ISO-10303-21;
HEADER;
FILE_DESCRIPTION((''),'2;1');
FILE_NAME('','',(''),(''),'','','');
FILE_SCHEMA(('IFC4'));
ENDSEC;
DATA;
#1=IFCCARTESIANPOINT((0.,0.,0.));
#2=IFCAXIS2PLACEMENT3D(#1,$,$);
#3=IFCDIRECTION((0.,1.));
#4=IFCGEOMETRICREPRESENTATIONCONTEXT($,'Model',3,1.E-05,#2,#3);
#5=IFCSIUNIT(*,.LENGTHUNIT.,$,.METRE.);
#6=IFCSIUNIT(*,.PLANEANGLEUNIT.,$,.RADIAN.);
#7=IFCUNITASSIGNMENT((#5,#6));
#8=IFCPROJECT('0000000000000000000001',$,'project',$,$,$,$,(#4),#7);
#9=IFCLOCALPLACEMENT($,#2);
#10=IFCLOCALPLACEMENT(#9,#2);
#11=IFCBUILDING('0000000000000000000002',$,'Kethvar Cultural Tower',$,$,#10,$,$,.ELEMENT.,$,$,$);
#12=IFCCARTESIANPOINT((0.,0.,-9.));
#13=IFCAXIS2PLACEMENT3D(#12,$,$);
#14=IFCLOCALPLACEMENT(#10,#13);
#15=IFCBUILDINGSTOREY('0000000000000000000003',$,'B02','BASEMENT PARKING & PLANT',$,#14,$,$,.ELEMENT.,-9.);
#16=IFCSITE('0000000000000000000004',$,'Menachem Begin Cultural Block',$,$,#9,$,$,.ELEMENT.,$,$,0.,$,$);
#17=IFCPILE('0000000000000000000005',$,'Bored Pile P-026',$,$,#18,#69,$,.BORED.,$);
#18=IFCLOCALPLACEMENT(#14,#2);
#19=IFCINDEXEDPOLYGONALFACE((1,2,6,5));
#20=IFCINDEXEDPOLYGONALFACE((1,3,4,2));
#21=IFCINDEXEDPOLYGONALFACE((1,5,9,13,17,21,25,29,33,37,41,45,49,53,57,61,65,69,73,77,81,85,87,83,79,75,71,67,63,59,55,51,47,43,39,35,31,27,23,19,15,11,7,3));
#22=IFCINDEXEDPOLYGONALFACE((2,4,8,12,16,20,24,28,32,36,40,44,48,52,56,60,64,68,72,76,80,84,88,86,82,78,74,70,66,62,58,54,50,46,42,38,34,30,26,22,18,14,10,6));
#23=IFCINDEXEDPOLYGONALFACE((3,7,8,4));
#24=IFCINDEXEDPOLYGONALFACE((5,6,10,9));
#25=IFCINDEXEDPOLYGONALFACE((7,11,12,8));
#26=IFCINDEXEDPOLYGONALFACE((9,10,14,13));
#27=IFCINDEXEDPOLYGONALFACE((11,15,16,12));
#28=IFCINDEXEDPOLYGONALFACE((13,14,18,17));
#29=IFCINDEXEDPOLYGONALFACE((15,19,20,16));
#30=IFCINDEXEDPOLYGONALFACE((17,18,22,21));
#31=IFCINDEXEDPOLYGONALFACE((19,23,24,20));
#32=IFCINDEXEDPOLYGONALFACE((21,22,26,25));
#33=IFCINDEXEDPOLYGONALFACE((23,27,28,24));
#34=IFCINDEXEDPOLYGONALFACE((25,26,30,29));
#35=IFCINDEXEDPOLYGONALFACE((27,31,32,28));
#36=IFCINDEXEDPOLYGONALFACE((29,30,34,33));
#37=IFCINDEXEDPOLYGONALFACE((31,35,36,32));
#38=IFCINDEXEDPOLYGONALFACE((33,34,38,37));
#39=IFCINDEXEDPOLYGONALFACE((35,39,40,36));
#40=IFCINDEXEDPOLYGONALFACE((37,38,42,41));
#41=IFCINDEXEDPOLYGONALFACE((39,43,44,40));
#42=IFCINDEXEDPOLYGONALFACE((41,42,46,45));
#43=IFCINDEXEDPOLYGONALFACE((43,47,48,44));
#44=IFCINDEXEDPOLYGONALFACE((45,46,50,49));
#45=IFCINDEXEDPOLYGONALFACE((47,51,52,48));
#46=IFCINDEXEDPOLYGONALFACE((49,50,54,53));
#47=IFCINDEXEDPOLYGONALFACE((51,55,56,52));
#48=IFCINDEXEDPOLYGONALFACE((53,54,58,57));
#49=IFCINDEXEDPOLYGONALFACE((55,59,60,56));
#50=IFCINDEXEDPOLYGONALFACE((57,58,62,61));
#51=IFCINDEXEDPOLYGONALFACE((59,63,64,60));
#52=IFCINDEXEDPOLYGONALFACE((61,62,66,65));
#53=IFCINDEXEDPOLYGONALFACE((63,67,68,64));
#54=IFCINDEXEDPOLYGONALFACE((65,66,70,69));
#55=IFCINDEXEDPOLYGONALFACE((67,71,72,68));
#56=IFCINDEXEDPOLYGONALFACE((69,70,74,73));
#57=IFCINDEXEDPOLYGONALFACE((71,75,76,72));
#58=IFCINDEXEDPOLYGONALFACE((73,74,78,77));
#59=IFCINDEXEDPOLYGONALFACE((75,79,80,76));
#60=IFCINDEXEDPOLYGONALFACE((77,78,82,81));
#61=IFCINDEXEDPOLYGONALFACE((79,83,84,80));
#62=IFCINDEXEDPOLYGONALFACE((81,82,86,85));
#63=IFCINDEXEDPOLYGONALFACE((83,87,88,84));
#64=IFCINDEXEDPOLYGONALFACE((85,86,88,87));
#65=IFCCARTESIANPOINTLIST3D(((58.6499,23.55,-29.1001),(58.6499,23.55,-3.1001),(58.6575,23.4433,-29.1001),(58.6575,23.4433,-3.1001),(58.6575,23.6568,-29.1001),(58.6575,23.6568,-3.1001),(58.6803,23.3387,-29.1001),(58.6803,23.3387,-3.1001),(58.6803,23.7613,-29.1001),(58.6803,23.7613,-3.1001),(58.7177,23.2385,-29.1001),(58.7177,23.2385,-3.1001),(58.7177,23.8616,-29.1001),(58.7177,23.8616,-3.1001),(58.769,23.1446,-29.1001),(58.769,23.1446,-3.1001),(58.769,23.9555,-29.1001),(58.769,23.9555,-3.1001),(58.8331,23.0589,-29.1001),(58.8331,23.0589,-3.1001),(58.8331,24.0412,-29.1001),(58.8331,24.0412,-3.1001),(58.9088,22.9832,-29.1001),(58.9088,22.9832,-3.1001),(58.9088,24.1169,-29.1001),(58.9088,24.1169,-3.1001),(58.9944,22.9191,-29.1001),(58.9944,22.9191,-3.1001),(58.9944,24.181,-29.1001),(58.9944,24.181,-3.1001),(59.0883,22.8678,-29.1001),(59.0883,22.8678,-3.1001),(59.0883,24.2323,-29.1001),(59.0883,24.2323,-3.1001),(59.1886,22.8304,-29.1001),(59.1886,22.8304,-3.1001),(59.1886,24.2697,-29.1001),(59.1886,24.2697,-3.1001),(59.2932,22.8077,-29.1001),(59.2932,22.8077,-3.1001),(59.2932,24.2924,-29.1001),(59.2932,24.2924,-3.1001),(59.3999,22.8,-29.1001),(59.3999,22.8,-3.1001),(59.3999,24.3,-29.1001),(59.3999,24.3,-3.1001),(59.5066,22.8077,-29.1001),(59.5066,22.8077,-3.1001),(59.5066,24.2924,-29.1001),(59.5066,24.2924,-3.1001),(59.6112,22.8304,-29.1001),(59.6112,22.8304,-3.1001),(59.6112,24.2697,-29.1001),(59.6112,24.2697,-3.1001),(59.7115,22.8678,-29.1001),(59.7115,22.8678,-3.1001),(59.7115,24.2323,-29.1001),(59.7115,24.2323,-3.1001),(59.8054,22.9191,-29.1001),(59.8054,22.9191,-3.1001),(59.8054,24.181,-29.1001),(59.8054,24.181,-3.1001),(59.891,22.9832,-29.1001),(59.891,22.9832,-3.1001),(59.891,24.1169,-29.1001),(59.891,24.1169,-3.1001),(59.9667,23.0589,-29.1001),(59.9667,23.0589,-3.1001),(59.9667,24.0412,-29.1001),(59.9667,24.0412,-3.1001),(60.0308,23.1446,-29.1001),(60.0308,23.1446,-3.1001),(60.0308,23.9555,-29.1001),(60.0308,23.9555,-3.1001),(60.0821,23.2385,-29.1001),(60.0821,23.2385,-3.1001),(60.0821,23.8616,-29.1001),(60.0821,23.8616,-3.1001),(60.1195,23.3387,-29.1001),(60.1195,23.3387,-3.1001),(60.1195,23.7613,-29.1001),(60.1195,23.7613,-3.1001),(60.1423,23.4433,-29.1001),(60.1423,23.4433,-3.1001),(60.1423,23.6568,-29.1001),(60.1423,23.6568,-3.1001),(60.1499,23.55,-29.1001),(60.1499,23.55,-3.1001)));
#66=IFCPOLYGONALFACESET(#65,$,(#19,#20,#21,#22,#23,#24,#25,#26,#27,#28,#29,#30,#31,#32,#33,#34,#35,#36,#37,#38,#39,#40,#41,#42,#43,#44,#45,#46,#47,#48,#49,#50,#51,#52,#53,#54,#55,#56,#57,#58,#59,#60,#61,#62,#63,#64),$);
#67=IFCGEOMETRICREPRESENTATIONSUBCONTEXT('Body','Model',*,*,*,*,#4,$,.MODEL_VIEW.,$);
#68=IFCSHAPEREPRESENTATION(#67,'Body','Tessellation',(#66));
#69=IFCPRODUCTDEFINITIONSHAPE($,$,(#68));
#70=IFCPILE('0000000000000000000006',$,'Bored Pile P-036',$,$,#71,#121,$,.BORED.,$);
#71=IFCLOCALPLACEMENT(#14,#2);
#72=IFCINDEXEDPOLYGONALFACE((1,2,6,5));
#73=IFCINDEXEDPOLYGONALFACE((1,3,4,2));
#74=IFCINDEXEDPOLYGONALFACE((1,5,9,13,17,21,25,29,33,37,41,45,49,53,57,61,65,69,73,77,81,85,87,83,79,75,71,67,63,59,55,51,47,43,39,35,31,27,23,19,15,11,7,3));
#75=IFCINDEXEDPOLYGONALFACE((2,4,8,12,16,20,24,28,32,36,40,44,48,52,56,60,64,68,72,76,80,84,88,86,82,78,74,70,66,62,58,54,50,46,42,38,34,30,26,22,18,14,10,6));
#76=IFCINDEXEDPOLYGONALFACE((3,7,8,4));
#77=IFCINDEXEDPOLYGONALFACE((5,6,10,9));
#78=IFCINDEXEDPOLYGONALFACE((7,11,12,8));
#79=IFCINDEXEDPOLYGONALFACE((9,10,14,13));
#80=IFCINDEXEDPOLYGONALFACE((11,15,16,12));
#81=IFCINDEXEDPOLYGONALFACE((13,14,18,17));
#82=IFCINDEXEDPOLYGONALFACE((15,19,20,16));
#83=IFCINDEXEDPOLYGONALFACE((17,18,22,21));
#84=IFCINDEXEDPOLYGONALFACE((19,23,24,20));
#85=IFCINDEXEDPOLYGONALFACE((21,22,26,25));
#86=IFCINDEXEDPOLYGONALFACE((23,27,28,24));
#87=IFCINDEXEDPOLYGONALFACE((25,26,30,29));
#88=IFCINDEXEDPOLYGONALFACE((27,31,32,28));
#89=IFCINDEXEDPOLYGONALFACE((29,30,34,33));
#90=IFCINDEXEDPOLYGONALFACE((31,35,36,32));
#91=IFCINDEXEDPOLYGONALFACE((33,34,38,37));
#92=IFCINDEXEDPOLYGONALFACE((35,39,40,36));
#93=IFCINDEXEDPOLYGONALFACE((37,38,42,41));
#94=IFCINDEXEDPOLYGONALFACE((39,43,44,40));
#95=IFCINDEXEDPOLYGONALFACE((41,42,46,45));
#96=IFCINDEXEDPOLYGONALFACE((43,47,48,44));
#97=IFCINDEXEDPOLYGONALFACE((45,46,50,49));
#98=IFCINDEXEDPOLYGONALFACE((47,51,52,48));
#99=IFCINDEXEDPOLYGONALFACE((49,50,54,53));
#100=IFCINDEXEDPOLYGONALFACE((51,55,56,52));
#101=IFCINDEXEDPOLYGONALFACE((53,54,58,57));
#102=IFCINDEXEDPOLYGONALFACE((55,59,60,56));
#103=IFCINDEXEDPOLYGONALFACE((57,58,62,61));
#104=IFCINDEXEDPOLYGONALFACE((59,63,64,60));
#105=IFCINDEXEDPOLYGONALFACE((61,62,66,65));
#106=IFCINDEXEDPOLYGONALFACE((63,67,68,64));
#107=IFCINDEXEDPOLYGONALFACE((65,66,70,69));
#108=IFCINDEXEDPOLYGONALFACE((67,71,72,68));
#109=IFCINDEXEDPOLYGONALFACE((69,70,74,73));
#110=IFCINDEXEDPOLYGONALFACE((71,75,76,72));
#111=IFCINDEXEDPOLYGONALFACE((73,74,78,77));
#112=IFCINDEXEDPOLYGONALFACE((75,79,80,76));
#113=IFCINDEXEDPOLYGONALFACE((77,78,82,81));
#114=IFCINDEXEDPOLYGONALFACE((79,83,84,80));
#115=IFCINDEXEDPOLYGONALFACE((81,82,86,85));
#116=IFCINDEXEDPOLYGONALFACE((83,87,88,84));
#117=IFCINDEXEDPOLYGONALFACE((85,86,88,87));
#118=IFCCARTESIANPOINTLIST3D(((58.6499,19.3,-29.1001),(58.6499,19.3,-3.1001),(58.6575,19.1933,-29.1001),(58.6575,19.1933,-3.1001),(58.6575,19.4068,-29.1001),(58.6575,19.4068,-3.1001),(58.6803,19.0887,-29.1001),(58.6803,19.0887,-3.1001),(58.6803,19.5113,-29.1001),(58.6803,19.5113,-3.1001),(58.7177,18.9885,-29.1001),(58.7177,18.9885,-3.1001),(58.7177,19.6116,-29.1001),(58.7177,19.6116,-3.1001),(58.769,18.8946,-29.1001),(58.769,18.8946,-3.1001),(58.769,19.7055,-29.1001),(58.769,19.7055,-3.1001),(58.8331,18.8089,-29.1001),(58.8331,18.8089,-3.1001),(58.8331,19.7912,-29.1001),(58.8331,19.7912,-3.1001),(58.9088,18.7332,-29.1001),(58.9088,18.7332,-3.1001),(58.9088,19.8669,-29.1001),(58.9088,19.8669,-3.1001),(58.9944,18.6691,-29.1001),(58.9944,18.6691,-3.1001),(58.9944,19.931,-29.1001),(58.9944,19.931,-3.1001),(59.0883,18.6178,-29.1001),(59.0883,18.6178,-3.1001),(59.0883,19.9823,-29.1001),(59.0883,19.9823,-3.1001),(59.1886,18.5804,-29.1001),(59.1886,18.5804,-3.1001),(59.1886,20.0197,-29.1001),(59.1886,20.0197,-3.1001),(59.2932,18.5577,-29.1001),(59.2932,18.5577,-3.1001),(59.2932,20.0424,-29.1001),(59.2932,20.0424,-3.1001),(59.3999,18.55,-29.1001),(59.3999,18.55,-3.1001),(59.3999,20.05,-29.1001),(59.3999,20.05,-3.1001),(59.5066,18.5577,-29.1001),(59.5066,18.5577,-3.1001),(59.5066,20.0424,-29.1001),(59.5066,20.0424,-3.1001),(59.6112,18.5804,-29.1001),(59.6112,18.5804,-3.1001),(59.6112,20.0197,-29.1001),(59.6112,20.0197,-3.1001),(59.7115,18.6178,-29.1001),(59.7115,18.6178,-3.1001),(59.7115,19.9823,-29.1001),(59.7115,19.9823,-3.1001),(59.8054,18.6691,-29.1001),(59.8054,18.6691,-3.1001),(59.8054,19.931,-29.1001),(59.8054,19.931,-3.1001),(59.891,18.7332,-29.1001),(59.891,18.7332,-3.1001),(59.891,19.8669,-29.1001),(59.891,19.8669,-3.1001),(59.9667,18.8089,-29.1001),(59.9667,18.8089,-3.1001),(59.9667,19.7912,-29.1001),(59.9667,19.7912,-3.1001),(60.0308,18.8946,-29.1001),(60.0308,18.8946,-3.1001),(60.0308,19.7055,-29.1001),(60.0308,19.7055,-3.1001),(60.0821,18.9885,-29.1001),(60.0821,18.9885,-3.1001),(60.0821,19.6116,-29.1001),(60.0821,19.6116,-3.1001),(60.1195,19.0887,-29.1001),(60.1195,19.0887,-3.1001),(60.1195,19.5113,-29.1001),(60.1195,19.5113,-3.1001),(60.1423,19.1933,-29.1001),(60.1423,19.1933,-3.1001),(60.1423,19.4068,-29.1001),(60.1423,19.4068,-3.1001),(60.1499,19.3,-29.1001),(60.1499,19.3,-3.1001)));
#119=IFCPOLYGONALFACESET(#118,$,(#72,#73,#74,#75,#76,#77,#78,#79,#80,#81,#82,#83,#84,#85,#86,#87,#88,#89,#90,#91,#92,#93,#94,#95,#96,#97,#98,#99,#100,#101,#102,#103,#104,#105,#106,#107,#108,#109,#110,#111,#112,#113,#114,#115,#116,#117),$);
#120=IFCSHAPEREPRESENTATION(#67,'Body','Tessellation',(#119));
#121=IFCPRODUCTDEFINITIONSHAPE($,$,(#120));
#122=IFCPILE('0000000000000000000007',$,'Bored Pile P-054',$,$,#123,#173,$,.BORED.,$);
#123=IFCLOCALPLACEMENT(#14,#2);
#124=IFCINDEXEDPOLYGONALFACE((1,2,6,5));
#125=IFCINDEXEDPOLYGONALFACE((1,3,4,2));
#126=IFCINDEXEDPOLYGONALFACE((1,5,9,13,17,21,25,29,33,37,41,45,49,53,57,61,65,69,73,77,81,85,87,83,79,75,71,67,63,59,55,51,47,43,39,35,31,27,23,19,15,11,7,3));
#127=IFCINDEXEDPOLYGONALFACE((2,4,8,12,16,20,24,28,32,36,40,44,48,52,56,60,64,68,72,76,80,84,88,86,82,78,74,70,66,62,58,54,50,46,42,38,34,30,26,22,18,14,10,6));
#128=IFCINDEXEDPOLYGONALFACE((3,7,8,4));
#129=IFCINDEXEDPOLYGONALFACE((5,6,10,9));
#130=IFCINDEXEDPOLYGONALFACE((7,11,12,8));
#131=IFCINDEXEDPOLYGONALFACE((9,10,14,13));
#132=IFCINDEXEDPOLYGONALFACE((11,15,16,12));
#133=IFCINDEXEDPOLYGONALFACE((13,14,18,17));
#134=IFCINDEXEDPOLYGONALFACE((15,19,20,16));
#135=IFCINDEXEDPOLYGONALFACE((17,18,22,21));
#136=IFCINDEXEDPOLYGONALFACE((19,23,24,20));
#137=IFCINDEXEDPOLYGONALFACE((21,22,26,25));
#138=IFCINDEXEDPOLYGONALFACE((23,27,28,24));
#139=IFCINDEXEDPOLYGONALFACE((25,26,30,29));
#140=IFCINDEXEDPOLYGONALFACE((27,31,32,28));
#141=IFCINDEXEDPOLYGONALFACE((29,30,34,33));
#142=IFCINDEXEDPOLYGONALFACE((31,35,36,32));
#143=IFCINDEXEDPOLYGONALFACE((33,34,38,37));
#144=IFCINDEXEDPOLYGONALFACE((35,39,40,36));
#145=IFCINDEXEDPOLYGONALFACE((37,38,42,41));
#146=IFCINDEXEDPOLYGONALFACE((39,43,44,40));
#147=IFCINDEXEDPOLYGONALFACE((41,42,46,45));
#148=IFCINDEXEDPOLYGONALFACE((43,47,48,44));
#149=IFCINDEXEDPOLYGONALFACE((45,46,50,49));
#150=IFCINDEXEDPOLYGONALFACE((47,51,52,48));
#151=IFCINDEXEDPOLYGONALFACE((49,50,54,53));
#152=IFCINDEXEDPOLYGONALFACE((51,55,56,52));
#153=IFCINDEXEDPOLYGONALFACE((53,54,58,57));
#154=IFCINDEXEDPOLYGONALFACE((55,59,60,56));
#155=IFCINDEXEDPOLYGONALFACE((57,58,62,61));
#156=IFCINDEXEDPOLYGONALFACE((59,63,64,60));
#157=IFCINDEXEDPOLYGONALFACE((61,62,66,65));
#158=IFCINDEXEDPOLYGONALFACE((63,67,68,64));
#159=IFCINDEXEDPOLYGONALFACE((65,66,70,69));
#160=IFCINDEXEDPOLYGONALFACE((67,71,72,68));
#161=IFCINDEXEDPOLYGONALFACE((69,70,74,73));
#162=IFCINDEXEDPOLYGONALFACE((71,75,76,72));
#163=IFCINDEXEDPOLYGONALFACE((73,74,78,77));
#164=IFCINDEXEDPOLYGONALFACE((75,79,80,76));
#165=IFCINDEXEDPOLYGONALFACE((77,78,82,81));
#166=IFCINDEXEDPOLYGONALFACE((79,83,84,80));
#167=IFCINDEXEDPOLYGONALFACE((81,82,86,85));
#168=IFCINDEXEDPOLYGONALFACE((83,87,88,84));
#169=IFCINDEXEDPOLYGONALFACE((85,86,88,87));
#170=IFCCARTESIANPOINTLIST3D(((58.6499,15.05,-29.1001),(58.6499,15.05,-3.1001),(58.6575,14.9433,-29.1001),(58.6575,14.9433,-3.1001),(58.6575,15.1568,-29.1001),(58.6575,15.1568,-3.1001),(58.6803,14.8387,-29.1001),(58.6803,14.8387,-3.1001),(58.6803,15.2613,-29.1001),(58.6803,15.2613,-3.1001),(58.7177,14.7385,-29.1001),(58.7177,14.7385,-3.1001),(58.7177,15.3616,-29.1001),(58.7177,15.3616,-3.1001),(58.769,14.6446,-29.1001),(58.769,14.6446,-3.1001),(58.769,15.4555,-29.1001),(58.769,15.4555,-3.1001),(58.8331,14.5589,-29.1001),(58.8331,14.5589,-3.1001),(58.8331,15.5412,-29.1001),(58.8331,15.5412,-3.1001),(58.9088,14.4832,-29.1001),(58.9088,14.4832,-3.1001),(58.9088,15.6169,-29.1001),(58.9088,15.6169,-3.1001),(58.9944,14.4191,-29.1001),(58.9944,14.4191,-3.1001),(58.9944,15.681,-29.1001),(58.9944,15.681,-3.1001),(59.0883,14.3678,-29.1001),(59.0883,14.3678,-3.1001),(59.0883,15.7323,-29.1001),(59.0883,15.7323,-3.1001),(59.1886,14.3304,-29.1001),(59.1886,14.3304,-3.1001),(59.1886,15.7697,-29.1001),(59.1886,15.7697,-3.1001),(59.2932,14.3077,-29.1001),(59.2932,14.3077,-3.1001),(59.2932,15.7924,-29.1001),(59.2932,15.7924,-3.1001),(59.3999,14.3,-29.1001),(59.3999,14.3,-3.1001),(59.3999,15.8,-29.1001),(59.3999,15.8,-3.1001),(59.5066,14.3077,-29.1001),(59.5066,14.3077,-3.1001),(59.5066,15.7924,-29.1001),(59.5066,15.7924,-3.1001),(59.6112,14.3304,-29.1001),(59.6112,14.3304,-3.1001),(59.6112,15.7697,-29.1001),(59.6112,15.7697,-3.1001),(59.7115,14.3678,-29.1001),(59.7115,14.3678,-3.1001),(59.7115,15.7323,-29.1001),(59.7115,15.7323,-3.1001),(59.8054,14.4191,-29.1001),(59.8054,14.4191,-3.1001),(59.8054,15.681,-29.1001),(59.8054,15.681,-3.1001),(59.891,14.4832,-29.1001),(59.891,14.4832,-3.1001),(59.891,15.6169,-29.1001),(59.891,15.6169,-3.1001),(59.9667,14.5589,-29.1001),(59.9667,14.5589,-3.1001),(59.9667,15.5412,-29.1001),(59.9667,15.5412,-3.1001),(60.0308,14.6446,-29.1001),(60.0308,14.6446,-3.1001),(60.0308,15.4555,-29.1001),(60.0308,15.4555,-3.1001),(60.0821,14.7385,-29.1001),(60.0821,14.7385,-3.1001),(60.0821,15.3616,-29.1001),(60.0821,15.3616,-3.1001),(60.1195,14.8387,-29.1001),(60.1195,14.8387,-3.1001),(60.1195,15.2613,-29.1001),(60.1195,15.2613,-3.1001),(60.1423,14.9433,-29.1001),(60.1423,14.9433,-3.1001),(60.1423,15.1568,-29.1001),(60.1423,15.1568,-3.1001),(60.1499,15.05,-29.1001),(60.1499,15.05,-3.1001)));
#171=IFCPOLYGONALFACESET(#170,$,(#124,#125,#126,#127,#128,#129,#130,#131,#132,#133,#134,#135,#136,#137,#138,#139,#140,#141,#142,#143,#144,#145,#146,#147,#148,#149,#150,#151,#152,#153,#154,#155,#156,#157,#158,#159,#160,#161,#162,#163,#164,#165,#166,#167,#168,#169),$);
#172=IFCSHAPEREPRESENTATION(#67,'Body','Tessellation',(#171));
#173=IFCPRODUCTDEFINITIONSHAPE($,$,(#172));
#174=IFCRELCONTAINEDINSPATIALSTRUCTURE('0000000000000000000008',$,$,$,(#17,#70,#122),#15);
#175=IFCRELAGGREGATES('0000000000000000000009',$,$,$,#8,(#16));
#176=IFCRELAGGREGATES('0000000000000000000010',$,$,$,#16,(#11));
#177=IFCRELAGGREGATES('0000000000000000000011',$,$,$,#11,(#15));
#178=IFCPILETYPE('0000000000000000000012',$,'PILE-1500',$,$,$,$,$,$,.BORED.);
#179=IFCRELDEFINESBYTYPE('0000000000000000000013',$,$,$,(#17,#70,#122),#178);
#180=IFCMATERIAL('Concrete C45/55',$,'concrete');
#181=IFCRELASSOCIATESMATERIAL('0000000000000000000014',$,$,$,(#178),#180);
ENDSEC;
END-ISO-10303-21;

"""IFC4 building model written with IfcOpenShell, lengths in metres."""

from ifc_helpers import new_model, si_unit, direction, frame, origin, origin_2d, place, context, subcontext, project, spatial, circle, extrude, source, transform, mapped, material, material_profile, profile_set, type_object, element, save


model = new_model("IFC4")

# Units and contexts
model_context = context("Model", 3, precision=1e-05, world=origin(), true_north=direction((0.0, 1.0)))
body_context = subcontext(model_context, "Body", "Model", "MODEL_VIEW")
ifc_project = project(units=[si_unit("LENGTHUNIT", "METRE"), si_unit("PLANEANGLEUNIT", "RADIAN")], contexts=[model_context])

# Site, building, storey
site_placement = place(None, origin())
site = spatial("IfcSite", under=ifc_project, at=site_placement, Name="Menachem Begin Cultural Block", CompositionType="ELEMENT", RefElevation=0.0)
building_placement = place(site_placement, origin())
building = spatial("IfcBuilding", under=site, at=building_placement, Name="Kethvar Cultural Tower", CompositionType="ELEMENT")
storey_placement = place(building_placement, frame((0.0, 0.0, -9.0)))
storey = spatial("IfcBuildingStorey", under=building, at=storey_placement, Name="B02", Description="BASEMENT PARKING & PLANT", CompositionType="ELEMENT", Elevation=-9.0)

# Piles
ifc_material_1 = material(Name="Concrete C45/55", Category="concrete")
ifc_material_profile_1 = material_profile(ifc_material_1, circle(Radius=0.75, at=origin_2d()), Name="Concrete C45/55 — PILE1500")
ifc_profile_set_1 = profile_set([ifc_material_profile_1], Name="Concrete C45/55 — PILE1500")
pile_type = type_object("IfcPileType", Name="PILE-1500", PredefinedType="BORED", material=ifc_profile_set_1)
shared_shape_1 = source(origin(), body_context, "Body", "SweptSolid", [
    extrude(circle(Radius=0.75, at=origin_2d()), origin(), (0.0, 0.0, 1.0), 26.0),
])
for number, where, z_axis, x_axis, name in (
    (1, (59.3999, 23.55, -3.1001), (0.0, 0.0, -1.0), (1.0, 0.0, 0.0), "Bored Pile P-026"),
    (2, (59.3999, 19.3, -3.1001), (0.0, 0.0, -1.0), (1.0, 0.0, 0.0), "Bored Pile P-036"),
    (3, (59.3999, 15.05, -3.1001), (0.0, 0.0, -1.0), (1.0, 0.0, 0.0), "Bored Pile P-054"),
):
    element("IfcPile", number, at=place(storey_placement, frame(where, z_axis=z_axis, x_axis=x_axis)), inside=storey, type_object=pile_type, Name=name, PredefinedType="BORED", context=body_context, shape_type="MappedRepresentation", body=[
        mapped(shared_shape_1, transform((0.0, 0.0, 0.0), scale=1.0)),
    ])

save(model, "model.ifc")
